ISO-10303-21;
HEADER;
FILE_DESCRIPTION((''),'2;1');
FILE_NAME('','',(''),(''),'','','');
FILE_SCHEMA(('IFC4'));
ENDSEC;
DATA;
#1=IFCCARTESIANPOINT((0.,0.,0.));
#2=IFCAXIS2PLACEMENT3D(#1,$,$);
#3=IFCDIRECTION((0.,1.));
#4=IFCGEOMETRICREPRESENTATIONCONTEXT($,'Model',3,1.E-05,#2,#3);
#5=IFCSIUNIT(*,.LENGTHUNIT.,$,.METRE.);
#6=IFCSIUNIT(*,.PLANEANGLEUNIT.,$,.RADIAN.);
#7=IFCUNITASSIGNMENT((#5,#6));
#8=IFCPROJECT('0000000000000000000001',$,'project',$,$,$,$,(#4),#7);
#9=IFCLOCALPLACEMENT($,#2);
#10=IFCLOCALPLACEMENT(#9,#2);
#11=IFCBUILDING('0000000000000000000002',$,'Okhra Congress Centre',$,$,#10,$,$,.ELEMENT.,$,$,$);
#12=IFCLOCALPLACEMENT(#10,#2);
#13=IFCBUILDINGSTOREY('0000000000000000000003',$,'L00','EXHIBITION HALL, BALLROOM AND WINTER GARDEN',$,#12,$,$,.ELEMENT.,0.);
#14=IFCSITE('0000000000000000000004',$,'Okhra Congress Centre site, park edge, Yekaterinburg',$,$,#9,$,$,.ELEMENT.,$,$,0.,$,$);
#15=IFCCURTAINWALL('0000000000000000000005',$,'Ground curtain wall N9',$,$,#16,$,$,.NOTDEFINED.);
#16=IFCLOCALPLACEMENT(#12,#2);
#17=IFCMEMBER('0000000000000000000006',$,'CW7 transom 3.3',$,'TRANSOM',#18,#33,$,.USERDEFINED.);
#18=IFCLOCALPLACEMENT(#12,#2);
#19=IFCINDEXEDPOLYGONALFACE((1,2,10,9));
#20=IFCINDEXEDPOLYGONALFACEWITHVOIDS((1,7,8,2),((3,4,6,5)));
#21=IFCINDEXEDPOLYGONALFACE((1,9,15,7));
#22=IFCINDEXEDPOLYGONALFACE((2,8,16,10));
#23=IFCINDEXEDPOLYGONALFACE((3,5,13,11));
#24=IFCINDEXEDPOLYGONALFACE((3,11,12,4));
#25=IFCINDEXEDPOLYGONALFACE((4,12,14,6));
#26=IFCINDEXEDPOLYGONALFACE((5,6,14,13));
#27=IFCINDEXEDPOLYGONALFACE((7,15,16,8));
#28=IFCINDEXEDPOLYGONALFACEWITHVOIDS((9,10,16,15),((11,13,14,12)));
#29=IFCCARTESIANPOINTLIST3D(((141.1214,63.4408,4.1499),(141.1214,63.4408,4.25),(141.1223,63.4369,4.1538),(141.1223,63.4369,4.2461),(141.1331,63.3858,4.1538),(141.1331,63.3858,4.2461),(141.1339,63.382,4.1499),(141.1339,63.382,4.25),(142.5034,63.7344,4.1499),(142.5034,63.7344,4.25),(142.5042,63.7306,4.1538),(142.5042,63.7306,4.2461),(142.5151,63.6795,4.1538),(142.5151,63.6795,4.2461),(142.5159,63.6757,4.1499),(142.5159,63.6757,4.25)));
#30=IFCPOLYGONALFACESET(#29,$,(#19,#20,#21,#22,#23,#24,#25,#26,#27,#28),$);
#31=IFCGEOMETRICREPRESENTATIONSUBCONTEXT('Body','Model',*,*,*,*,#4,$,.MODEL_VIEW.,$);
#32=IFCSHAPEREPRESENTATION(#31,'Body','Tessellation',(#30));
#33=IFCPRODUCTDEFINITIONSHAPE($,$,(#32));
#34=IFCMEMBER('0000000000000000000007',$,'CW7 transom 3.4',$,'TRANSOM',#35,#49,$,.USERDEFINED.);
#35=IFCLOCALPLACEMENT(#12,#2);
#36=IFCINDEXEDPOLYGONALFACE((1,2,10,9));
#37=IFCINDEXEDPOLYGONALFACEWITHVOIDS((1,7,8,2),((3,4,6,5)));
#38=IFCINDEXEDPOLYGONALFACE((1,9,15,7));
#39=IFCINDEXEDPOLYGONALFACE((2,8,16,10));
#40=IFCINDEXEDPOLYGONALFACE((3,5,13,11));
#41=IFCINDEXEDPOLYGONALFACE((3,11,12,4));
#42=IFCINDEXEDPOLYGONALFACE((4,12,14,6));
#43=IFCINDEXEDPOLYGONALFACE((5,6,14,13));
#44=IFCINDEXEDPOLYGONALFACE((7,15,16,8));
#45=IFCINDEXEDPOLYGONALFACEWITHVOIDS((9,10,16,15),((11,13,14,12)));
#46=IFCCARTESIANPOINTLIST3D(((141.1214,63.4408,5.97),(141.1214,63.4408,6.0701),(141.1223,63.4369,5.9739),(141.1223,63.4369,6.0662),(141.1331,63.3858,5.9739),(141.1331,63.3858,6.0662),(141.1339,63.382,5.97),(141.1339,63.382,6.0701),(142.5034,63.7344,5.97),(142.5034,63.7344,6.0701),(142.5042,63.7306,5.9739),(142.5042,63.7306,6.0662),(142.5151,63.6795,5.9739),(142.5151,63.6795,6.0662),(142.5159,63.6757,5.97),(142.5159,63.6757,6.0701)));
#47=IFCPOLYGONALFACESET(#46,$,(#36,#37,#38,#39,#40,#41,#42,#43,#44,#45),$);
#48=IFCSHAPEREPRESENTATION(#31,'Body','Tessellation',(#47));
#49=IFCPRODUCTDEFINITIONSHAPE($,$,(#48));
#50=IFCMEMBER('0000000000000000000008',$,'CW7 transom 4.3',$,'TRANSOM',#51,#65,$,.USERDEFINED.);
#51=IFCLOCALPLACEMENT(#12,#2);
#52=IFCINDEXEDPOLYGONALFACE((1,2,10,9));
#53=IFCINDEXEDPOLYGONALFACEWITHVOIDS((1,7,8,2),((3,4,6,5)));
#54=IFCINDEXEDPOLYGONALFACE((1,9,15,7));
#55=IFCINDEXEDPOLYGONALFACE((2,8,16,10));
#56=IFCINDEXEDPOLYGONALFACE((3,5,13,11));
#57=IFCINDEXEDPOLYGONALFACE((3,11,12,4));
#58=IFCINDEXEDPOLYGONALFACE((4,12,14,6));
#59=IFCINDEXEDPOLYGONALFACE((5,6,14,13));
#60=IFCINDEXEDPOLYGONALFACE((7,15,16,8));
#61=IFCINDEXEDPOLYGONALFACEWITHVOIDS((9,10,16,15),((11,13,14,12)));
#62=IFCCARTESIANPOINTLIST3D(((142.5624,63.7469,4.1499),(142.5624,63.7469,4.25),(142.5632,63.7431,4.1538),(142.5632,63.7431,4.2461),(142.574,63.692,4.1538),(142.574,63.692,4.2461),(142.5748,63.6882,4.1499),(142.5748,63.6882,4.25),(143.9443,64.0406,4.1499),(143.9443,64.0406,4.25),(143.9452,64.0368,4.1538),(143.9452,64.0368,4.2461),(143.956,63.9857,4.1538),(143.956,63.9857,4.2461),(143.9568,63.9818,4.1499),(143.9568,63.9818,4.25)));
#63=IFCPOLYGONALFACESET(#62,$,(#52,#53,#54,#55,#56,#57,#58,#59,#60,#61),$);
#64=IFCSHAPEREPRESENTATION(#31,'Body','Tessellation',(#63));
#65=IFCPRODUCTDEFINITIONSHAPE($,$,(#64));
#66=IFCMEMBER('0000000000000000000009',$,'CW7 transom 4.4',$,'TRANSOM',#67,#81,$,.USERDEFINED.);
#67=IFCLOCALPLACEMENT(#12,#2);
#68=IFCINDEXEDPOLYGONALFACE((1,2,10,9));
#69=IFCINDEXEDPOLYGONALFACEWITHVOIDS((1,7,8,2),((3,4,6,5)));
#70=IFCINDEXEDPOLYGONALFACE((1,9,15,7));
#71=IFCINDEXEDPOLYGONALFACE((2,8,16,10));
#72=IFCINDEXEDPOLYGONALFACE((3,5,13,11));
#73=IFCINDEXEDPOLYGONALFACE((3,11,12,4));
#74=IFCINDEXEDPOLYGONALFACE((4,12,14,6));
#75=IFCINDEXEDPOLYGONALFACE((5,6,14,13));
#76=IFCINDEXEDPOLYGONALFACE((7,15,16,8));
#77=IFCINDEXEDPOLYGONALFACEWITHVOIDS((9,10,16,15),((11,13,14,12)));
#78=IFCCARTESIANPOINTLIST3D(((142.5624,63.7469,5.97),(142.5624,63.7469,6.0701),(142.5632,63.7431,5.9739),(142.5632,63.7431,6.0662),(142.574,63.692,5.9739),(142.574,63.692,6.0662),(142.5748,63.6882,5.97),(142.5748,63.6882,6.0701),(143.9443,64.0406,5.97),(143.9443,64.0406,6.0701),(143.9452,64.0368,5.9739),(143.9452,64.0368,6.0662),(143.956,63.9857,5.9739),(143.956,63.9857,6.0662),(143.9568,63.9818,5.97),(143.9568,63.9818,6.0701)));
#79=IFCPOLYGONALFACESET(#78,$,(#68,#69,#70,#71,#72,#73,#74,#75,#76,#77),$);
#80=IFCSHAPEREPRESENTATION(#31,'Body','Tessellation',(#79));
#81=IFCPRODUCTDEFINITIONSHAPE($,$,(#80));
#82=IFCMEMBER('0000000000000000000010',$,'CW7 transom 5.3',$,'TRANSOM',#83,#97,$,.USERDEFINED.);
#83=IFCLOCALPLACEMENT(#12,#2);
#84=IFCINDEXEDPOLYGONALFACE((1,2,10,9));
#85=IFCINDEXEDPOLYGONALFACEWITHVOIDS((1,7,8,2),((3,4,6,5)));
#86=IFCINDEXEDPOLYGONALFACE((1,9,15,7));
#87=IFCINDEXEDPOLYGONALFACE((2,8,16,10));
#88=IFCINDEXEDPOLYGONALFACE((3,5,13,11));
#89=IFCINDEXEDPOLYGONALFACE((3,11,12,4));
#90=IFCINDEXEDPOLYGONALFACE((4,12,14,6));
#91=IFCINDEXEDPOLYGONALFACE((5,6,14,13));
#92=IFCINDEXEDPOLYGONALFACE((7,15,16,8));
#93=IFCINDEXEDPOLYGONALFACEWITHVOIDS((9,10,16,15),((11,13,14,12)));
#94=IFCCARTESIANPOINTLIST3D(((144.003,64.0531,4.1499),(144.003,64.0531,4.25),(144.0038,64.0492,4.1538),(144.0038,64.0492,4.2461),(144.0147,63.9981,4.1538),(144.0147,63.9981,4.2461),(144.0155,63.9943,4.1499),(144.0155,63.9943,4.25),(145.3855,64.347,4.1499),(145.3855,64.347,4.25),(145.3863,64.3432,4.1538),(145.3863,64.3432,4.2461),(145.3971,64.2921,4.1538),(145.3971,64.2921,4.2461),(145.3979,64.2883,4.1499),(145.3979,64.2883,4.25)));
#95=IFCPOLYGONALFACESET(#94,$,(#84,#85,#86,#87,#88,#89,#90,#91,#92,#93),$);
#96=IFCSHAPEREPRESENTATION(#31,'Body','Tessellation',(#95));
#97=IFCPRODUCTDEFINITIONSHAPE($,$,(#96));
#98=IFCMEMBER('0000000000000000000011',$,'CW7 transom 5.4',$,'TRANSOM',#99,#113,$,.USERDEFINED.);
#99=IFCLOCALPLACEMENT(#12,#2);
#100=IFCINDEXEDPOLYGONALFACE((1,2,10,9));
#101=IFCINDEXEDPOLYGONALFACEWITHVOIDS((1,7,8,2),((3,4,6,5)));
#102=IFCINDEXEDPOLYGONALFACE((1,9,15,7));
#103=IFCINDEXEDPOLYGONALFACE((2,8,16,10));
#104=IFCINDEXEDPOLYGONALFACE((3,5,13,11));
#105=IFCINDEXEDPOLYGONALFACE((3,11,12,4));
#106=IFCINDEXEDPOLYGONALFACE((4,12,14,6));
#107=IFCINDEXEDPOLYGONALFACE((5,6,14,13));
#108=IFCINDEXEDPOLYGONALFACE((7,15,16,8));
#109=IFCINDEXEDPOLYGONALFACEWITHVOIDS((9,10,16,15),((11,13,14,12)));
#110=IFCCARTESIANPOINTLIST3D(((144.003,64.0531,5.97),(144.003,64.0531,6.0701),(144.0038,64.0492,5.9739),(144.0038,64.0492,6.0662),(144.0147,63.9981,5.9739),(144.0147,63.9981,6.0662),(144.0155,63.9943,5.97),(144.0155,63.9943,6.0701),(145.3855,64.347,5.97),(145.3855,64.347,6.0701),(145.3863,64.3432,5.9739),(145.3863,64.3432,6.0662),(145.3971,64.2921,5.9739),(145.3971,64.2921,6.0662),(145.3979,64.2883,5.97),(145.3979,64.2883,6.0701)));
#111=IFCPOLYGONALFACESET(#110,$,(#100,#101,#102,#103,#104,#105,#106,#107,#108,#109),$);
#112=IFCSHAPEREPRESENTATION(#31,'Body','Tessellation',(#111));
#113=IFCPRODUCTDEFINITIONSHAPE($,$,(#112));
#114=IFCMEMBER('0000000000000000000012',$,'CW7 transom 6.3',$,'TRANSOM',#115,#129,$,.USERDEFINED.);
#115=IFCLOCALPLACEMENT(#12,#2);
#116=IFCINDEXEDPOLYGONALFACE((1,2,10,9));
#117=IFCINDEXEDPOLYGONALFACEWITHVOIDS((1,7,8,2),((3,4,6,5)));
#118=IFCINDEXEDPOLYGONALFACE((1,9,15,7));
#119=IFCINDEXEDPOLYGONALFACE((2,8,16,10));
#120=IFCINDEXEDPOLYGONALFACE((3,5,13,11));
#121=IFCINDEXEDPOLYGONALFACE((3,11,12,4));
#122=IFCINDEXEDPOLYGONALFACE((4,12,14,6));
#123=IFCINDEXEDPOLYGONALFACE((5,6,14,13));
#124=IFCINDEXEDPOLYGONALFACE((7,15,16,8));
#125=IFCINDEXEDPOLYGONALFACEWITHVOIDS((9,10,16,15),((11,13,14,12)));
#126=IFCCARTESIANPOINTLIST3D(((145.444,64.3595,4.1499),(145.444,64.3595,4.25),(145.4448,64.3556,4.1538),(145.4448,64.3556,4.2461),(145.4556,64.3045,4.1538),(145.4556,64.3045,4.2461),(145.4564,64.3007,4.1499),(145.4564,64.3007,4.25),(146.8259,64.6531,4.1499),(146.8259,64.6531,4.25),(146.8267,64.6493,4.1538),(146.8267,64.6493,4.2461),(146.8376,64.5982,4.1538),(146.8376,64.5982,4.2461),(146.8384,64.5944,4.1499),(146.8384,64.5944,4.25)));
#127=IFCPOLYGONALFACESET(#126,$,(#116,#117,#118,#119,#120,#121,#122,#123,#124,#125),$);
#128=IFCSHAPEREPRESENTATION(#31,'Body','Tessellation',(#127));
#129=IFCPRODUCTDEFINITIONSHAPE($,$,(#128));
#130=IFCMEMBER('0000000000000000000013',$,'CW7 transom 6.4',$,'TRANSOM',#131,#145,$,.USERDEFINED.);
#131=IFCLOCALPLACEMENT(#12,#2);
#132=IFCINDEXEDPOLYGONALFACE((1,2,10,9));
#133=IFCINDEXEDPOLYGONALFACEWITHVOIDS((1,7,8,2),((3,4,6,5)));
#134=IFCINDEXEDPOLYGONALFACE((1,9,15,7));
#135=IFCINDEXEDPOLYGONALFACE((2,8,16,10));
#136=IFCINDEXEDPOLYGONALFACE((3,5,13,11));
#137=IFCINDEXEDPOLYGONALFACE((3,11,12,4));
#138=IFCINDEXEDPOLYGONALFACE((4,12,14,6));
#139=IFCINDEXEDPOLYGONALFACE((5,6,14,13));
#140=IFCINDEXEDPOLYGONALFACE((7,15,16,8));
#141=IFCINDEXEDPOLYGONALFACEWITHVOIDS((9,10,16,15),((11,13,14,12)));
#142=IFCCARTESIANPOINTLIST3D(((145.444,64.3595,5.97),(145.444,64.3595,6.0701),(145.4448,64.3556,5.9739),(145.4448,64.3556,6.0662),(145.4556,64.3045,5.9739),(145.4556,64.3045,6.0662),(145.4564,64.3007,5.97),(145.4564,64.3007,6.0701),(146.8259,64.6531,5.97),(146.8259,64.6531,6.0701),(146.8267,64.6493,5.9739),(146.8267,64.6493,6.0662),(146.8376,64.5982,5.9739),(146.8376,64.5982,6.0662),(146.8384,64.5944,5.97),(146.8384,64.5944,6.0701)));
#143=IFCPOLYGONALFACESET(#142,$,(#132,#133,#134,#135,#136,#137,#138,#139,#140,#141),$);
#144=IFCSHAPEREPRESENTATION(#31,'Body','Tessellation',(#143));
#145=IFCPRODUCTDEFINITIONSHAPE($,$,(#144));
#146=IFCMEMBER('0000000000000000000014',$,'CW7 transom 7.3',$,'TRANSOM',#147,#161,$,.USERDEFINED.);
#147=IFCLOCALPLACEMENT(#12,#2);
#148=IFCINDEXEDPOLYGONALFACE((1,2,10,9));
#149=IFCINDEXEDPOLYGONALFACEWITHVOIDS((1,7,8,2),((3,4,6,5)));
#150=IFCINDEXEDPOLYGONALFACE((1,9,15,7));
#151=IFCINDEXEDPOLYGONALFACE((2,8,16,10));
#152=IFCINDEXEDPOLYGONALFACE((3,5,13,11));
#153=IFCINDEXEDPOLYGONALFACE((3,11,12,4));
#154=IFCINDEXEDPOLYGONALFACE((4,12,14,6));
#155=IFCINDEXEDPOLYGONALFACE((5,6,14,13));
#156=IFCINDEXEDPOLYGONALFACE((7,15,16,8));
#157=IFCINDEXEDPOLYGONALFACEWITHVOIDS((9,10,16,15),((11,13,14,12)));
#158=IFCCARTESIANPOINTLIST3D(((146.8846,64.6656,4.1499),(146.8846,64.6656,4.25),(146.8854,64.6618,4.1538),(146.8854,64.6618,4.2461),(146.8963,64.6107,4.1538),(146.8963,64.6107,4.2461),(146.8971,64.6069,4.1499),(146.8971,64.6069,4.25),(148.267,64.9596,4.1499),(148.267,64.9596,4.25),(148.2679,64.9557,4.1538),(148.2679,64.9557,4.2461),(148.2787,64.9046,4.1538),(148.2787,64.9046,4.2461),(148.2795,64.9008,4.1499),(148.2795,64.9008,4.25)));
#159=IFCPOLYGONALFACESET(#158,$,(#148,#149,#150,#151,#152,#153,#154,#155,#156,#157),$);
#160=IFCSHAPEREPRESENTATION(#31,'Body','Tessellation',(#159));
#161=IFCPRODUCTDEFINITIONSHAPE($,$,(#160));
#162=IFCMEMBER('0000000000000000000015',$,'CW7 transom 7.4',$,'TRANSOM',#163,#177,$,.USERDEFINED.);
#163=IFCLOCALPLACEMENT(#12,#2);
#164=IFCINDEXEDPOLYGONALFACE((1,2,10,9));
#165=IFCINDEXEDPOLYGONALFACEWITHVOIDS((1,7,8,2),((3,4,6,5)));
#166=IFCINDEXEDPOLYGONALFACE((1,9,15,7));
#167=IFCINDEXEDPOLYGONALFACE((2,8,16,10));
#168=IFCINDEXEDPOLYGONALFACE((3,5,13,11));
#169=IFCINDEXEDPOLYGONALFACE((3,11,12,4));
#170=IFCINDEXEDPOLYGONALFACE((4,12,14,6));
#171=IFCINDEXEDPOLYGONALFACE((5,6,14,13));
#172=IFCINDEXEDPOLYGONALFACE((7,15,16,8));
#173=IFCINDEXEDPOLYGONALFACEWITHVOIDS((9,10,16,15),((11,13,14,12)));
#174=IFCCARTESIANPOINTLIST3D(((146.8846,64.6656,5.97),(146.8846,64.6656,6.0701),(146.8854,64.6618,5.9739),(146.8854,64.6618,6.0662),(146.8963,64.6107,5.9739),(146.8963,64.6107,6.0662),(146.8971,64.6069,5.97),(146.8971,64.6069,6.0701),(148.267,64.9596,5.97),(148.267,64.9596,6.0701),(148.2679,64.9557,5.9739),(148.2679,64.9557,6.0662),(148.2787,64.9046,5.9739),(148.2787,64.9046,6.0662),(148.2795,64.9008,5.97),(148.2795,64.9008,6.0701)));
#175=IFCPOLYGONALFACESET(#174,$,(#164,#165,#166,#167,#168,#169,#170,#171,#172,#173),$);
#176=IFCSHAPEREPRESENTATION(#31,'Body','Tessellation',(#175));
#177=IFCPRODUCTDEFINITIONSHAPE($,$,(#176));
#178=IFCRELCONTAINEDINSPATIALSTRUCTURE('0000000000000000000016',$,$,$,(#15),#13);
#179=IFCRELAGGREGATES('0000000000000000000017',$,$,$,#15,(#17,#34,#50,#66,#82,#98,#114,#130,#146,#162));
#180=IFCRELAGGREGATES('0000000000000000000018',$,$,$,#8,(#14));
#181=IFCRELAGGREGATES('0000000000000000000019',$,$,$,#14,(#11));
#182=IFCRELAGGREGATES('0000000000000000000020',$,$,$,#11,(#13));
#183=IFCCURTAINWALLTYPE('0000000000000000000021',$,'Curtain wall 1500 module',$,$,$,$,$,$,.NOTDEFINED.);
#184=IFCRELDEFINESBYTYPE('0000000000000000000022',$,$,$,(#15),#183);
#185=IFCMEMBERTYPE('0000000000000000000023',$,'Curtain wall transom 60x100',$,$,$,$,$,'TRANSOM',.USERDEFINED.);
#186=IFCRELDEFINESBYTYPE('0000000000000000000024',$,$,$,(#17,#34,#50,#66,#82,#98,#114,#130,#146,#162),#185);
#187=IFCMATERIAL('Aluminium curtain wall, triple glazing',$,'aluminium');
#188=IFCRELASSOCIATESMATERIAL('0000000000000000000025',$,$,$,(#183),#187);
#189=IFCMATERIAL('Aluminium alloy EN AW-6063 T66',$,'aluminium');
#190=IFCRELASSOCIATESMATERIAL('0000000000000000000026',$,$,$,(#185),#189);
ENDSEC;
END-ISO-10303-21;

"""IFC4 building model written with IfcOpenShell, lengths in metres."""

from ifc_helpers import new_model, si_unit, direction, frame, origin, origin_2d, place, context, subcontext, project, spatial, hollow_rectangle, extrude, material, material_profile, profile_set, type_object, element, aggregate, save


model = new_model("IFC4")

# Units and contexts
model_context = context("Model", 3, precision=1e-05, world=origin(), true_north=direction((0.0, 1.0)))
body_context = subcontext(model_context, "Body", "Model", "MODEL_VIEW")
ifc_project = project(units=[si_unit("LENGTHUNIT", "METRE"), si_unit("PLANEANGLEUNIT", "RADIAN")], contexts=[model_context])

# Site, building, storey
site_placement = place(None, origin())
site = spatial("IfcSite", under=ifc_project, at=site_placement, Name="Okhra Congress Centre site, park edge, Yekaterinburg", CompositionType="ELEMENT", RefElevation=0.0)
building_placement = place(site_placement, origin())
building = spatial("IfcBuilding", under=site, at=building_placement, Name="Okhra Congress Centre", CompositionType="ELEMENT")
storey_placement = place(building_placement, origin())
storey = spatial("IfcBuildingStorey", under=building, at=storey_placement, Name="L00", Description="EXHIBITION HALL, BALLROOM AND WINTER GARDEN", CompositionType="ELEMENT", Elevation=0.0)

# Curtain wall, members
ifc_material_1 = material(Name="Aluminium curtain wall, triple glazing", Category="aluminium")
curtain_wall_type = type_object("IfcCurtainWallType", Name="Curtain wall 1500 module", PredefinedType="NOTDEFINED", material=ifc_material_1)
curtain_wall_placement = place(storey_placement, origin())
curtain_wall = element("IfcCurtainWall", 1, at=curtain_wall_placement, inside=storey, type_object=curtain_wall_type, Name="Ground curtain wall N9", PredefinedType="NOTDEFINED")
ifc_material_2 = material(Name="Aluminium alloy EN AW-6063 T66", Category="aluminium")
ifc_material_profile_1 = material_profile(ifc_material_2, hollow_rectangle(XDim=0.0601, YDim=0.1001, WallThickness=0.0039, at=origin_2d()), Name="RHS 60x100x4")
ifc_profile_set_1 = profile_set([ifc_material_profile_1], Name="Aluminium alloy EN AW-6063 T66")
member_type = type_object("IfcMemberType", Name="Curtain wall transom 60x100", ElementType="TRANSOM", PredefinedType="USERDEFINED", material=ifc_profile_set_1)
member_1_placement = place(storey_placement, frame((141.1277, 63.4114, 4.2), z_axis=(0.978158, 0.207865, 0.0), x_axis=(-0.207865, 0.978158, 0.0)))
member_1 = element("IfcMember", 2, at=member_1_placement, type_object=member_type, Name="CW7 transom 3.3", ObjectType="TRANSOM", PredefinedType="USERDEFINED", context=body_context, shape_type="SweptSolid", body=[
    extrude(hollow_rectangle(XDim=0.0601, YDim=0.1001, WallThickness=0.0039, at=origin_2d()), origin(), (0.0, 0.0, 1.0), 1.4128),
])
member_2_placement = place(storey_placement, frame((141.1277, 63.4114, 6.02), z_axis=(0.978158, 0.207865, 0.0), x_axis=(-0.207865, 0.978158, 0.0)))
member_2 = element("IfcMember", 3, at=member_2_placement, type_object=member_type, Name="CW7 transom 3.4", ObjectType="TRANSOM", PredefinedType="USERDEFINED", context=body_context, shape_type="SweptSolid", body=[
    extrude(hollow_rectangle(XDim=0.0601, YDim=0.1001, WallThickness=0.0039, at=origin_2d()), origin(), (0.0, 0.0, 1.0), 1.4128),
])
member_3_placement = place(storey_placement, frame((142.5686, 63.7175, 4.2), z_axis=(0.978158, 0.207865, 0.0), x_axis=(-0.207865, 0.978158, 0.0)))
member_3 = element("IfcMember", 4, at=member_3_placement, type_object=member_type, Name="CW7 transom 4.3", ObjectType="TRANSOM", PredefinedType="USERDEFINED", context=body_context, shape_type="SweptSolid", body=[
    extrude(hollow_rectangle(XDim=0.0601, YDim=0.1001, WallThickness=0.0039, at=origin_2d()), origin(), (0.0, 0.0, 1.0), 1.4128),
])
member_4_placement = place(storey_placement, frame((142.5686, 63.7175, 6.02), z_axis=(0.978158, 0.207865, 0.0), x_axis=(-0.207865, 0.978158, 0.0)))
member_4 = element("IfcMember", 5, at=member_4_placement, type_object=member_type, Name="CW7 transom 4.4", ObjectType="TRANSOM", PredefinedType="USERDEFINED", context=body_context, shape_type="SweptSolid", body=[
    extrude(hollow_rectangle(XDim=0.0601, YDim=0.1001, WallThickness=0.0039, at=origin_2d()), origin(), (0.0, 0.0, 1.0), 1.4128),
])
member_5_placement = place(storey_placement, frame((144.0093, 64.0237, 4.2), z_axis=(0.97813, 0.207995, 0.0), x_axis=(-0.207995, 0.97813, 0.0)))
member_5 = element("IfcMember", 6, at=member_5_placement, type_object=member_type, Name="CW7 transom 5.3", ObjectType="TRANSOM", PredefinedType="USERDEFINED", context=body_context, shape_type="SweptSolid", body=[
    extrude(hollow_rectangle(XDim=0.0601, YDim=0.1001, WallThickness=0.0039, at=origin_2d()), origin(), (0.0, 0.0, 1.0), 1.4133),
])
member_6_placement = place(storey_placement, frame((144.0093, 64.0237, 6.02), z_axis=(0.97813, 0.207995, 0.0), x_axis=(-0.207995, 0.97813, 0.0)))
member_6 = element("IfcMember", 7, at=member_6_placement, type_object=member_type, Name="CW7 transom 5.4", ObjectType="TRANSOM", PredefinedType="USERDEFINED", context=body_context, shape_type="SweptSolid", body=[
    extrude(hollow_rectangle(XDim=0.0601, YDim=0.1001, WallThickness=0.0039, at=origin_2d()), origin(), (0.0, 0.0, 1.0), 1.4133),
])
member_7_placement = place(storey_placement, frame((145.4502, 64.3301, 4.2), z_axis=(0.978158, 0.207865, 0.0), x_axis=(-0.207865, 0.978158, 0.0)))
member_7 = element("IfcMember", 8, at=member_7_placement, type_object=member_type, Name="CW7 transom 6.3", ObjectType="TRANSOM", PredefinedType="USERDEFINED", context=body_context, shape_type="SweptSolid", body=[
    extrude(hollow_rectangle(XDim=0.0601, YDim=0.1001, WallThickness=0.0039, at=origin_2d()), origin(), (0.0, 0.0, 1.0), 1.4128),
])
member_8_placement = place(storey_placement, frame((145.4502, 64.3301, 6.02), z_axis=(0.978158, 0.207865, 0.0), x_axis=(-0.207865, 0.978158, 0.0)))
member_8 = element("IfcMember", 9, at=member_8_placement, type_object=member_type, Name="CW7 transom 6.4", ObjectType="TRANSOM", PredefinedType="USERDEFINED", context=body_context, shape_type="SweptSolid", body=[
    extrude(hollow_rectangle(XDim=0.0601, YDim=0.1001, WallThickness=0.0039, at=origin_2d()), origin(), (0.0, 0.0, 1.0), 1.4128),
])
member_9_placement = place(storey_placement, frame((146.8909, 64.6362, 4.2), z_axis=(0.97813, 0.207995, 0.0), x_axis=(-0.207995, 0.97813, 0.0)))
member_9 = element("IfcMember", 10, at=member_9_placement, type_object=member_type, Name="CW7 transom 7.3", ObjectType="TRANSOM", PredefinedType="USERDEFINED", context=body_context, shape_type="SweptSolid", body=[
    extrude(hollow_rectangle(XDim=0.0601, YDim=0.1001, WallThickness=0.0039, at=origin_2d()), origin(), (0.0, 0.0, 1.0), 1.4133),
])
member_10_placement = place(storey_placement, frame((146.8909, 64.6362, 6.02), z_axis=(0.97813, 0.207995, 0.0), x_axis=(-0.207995, 0.97813, 0.0)))
member_10 = element("IfcMember", 11, at=member_10_placement, type_object=member_type, Name="CW7 transom 7.4", ObjectType="TRANSOM", PredefinedType="USERDEFINED", context=body_context, shape_type="SweptSolid", body=[
    extrude(hollow_rectangle(XDim=0.0601, YDim=0.1001, WallThickness=0.0039, at=origin_2d()), origin(), (0.0, 0.0, 1.0), 1.4133),
])

aggregate(curtain_wall, [member_1, member_2, member_3, member_4, member_5, member_6, member_7, member_8, member_9, member_10])

save(model, "model.ifc")
